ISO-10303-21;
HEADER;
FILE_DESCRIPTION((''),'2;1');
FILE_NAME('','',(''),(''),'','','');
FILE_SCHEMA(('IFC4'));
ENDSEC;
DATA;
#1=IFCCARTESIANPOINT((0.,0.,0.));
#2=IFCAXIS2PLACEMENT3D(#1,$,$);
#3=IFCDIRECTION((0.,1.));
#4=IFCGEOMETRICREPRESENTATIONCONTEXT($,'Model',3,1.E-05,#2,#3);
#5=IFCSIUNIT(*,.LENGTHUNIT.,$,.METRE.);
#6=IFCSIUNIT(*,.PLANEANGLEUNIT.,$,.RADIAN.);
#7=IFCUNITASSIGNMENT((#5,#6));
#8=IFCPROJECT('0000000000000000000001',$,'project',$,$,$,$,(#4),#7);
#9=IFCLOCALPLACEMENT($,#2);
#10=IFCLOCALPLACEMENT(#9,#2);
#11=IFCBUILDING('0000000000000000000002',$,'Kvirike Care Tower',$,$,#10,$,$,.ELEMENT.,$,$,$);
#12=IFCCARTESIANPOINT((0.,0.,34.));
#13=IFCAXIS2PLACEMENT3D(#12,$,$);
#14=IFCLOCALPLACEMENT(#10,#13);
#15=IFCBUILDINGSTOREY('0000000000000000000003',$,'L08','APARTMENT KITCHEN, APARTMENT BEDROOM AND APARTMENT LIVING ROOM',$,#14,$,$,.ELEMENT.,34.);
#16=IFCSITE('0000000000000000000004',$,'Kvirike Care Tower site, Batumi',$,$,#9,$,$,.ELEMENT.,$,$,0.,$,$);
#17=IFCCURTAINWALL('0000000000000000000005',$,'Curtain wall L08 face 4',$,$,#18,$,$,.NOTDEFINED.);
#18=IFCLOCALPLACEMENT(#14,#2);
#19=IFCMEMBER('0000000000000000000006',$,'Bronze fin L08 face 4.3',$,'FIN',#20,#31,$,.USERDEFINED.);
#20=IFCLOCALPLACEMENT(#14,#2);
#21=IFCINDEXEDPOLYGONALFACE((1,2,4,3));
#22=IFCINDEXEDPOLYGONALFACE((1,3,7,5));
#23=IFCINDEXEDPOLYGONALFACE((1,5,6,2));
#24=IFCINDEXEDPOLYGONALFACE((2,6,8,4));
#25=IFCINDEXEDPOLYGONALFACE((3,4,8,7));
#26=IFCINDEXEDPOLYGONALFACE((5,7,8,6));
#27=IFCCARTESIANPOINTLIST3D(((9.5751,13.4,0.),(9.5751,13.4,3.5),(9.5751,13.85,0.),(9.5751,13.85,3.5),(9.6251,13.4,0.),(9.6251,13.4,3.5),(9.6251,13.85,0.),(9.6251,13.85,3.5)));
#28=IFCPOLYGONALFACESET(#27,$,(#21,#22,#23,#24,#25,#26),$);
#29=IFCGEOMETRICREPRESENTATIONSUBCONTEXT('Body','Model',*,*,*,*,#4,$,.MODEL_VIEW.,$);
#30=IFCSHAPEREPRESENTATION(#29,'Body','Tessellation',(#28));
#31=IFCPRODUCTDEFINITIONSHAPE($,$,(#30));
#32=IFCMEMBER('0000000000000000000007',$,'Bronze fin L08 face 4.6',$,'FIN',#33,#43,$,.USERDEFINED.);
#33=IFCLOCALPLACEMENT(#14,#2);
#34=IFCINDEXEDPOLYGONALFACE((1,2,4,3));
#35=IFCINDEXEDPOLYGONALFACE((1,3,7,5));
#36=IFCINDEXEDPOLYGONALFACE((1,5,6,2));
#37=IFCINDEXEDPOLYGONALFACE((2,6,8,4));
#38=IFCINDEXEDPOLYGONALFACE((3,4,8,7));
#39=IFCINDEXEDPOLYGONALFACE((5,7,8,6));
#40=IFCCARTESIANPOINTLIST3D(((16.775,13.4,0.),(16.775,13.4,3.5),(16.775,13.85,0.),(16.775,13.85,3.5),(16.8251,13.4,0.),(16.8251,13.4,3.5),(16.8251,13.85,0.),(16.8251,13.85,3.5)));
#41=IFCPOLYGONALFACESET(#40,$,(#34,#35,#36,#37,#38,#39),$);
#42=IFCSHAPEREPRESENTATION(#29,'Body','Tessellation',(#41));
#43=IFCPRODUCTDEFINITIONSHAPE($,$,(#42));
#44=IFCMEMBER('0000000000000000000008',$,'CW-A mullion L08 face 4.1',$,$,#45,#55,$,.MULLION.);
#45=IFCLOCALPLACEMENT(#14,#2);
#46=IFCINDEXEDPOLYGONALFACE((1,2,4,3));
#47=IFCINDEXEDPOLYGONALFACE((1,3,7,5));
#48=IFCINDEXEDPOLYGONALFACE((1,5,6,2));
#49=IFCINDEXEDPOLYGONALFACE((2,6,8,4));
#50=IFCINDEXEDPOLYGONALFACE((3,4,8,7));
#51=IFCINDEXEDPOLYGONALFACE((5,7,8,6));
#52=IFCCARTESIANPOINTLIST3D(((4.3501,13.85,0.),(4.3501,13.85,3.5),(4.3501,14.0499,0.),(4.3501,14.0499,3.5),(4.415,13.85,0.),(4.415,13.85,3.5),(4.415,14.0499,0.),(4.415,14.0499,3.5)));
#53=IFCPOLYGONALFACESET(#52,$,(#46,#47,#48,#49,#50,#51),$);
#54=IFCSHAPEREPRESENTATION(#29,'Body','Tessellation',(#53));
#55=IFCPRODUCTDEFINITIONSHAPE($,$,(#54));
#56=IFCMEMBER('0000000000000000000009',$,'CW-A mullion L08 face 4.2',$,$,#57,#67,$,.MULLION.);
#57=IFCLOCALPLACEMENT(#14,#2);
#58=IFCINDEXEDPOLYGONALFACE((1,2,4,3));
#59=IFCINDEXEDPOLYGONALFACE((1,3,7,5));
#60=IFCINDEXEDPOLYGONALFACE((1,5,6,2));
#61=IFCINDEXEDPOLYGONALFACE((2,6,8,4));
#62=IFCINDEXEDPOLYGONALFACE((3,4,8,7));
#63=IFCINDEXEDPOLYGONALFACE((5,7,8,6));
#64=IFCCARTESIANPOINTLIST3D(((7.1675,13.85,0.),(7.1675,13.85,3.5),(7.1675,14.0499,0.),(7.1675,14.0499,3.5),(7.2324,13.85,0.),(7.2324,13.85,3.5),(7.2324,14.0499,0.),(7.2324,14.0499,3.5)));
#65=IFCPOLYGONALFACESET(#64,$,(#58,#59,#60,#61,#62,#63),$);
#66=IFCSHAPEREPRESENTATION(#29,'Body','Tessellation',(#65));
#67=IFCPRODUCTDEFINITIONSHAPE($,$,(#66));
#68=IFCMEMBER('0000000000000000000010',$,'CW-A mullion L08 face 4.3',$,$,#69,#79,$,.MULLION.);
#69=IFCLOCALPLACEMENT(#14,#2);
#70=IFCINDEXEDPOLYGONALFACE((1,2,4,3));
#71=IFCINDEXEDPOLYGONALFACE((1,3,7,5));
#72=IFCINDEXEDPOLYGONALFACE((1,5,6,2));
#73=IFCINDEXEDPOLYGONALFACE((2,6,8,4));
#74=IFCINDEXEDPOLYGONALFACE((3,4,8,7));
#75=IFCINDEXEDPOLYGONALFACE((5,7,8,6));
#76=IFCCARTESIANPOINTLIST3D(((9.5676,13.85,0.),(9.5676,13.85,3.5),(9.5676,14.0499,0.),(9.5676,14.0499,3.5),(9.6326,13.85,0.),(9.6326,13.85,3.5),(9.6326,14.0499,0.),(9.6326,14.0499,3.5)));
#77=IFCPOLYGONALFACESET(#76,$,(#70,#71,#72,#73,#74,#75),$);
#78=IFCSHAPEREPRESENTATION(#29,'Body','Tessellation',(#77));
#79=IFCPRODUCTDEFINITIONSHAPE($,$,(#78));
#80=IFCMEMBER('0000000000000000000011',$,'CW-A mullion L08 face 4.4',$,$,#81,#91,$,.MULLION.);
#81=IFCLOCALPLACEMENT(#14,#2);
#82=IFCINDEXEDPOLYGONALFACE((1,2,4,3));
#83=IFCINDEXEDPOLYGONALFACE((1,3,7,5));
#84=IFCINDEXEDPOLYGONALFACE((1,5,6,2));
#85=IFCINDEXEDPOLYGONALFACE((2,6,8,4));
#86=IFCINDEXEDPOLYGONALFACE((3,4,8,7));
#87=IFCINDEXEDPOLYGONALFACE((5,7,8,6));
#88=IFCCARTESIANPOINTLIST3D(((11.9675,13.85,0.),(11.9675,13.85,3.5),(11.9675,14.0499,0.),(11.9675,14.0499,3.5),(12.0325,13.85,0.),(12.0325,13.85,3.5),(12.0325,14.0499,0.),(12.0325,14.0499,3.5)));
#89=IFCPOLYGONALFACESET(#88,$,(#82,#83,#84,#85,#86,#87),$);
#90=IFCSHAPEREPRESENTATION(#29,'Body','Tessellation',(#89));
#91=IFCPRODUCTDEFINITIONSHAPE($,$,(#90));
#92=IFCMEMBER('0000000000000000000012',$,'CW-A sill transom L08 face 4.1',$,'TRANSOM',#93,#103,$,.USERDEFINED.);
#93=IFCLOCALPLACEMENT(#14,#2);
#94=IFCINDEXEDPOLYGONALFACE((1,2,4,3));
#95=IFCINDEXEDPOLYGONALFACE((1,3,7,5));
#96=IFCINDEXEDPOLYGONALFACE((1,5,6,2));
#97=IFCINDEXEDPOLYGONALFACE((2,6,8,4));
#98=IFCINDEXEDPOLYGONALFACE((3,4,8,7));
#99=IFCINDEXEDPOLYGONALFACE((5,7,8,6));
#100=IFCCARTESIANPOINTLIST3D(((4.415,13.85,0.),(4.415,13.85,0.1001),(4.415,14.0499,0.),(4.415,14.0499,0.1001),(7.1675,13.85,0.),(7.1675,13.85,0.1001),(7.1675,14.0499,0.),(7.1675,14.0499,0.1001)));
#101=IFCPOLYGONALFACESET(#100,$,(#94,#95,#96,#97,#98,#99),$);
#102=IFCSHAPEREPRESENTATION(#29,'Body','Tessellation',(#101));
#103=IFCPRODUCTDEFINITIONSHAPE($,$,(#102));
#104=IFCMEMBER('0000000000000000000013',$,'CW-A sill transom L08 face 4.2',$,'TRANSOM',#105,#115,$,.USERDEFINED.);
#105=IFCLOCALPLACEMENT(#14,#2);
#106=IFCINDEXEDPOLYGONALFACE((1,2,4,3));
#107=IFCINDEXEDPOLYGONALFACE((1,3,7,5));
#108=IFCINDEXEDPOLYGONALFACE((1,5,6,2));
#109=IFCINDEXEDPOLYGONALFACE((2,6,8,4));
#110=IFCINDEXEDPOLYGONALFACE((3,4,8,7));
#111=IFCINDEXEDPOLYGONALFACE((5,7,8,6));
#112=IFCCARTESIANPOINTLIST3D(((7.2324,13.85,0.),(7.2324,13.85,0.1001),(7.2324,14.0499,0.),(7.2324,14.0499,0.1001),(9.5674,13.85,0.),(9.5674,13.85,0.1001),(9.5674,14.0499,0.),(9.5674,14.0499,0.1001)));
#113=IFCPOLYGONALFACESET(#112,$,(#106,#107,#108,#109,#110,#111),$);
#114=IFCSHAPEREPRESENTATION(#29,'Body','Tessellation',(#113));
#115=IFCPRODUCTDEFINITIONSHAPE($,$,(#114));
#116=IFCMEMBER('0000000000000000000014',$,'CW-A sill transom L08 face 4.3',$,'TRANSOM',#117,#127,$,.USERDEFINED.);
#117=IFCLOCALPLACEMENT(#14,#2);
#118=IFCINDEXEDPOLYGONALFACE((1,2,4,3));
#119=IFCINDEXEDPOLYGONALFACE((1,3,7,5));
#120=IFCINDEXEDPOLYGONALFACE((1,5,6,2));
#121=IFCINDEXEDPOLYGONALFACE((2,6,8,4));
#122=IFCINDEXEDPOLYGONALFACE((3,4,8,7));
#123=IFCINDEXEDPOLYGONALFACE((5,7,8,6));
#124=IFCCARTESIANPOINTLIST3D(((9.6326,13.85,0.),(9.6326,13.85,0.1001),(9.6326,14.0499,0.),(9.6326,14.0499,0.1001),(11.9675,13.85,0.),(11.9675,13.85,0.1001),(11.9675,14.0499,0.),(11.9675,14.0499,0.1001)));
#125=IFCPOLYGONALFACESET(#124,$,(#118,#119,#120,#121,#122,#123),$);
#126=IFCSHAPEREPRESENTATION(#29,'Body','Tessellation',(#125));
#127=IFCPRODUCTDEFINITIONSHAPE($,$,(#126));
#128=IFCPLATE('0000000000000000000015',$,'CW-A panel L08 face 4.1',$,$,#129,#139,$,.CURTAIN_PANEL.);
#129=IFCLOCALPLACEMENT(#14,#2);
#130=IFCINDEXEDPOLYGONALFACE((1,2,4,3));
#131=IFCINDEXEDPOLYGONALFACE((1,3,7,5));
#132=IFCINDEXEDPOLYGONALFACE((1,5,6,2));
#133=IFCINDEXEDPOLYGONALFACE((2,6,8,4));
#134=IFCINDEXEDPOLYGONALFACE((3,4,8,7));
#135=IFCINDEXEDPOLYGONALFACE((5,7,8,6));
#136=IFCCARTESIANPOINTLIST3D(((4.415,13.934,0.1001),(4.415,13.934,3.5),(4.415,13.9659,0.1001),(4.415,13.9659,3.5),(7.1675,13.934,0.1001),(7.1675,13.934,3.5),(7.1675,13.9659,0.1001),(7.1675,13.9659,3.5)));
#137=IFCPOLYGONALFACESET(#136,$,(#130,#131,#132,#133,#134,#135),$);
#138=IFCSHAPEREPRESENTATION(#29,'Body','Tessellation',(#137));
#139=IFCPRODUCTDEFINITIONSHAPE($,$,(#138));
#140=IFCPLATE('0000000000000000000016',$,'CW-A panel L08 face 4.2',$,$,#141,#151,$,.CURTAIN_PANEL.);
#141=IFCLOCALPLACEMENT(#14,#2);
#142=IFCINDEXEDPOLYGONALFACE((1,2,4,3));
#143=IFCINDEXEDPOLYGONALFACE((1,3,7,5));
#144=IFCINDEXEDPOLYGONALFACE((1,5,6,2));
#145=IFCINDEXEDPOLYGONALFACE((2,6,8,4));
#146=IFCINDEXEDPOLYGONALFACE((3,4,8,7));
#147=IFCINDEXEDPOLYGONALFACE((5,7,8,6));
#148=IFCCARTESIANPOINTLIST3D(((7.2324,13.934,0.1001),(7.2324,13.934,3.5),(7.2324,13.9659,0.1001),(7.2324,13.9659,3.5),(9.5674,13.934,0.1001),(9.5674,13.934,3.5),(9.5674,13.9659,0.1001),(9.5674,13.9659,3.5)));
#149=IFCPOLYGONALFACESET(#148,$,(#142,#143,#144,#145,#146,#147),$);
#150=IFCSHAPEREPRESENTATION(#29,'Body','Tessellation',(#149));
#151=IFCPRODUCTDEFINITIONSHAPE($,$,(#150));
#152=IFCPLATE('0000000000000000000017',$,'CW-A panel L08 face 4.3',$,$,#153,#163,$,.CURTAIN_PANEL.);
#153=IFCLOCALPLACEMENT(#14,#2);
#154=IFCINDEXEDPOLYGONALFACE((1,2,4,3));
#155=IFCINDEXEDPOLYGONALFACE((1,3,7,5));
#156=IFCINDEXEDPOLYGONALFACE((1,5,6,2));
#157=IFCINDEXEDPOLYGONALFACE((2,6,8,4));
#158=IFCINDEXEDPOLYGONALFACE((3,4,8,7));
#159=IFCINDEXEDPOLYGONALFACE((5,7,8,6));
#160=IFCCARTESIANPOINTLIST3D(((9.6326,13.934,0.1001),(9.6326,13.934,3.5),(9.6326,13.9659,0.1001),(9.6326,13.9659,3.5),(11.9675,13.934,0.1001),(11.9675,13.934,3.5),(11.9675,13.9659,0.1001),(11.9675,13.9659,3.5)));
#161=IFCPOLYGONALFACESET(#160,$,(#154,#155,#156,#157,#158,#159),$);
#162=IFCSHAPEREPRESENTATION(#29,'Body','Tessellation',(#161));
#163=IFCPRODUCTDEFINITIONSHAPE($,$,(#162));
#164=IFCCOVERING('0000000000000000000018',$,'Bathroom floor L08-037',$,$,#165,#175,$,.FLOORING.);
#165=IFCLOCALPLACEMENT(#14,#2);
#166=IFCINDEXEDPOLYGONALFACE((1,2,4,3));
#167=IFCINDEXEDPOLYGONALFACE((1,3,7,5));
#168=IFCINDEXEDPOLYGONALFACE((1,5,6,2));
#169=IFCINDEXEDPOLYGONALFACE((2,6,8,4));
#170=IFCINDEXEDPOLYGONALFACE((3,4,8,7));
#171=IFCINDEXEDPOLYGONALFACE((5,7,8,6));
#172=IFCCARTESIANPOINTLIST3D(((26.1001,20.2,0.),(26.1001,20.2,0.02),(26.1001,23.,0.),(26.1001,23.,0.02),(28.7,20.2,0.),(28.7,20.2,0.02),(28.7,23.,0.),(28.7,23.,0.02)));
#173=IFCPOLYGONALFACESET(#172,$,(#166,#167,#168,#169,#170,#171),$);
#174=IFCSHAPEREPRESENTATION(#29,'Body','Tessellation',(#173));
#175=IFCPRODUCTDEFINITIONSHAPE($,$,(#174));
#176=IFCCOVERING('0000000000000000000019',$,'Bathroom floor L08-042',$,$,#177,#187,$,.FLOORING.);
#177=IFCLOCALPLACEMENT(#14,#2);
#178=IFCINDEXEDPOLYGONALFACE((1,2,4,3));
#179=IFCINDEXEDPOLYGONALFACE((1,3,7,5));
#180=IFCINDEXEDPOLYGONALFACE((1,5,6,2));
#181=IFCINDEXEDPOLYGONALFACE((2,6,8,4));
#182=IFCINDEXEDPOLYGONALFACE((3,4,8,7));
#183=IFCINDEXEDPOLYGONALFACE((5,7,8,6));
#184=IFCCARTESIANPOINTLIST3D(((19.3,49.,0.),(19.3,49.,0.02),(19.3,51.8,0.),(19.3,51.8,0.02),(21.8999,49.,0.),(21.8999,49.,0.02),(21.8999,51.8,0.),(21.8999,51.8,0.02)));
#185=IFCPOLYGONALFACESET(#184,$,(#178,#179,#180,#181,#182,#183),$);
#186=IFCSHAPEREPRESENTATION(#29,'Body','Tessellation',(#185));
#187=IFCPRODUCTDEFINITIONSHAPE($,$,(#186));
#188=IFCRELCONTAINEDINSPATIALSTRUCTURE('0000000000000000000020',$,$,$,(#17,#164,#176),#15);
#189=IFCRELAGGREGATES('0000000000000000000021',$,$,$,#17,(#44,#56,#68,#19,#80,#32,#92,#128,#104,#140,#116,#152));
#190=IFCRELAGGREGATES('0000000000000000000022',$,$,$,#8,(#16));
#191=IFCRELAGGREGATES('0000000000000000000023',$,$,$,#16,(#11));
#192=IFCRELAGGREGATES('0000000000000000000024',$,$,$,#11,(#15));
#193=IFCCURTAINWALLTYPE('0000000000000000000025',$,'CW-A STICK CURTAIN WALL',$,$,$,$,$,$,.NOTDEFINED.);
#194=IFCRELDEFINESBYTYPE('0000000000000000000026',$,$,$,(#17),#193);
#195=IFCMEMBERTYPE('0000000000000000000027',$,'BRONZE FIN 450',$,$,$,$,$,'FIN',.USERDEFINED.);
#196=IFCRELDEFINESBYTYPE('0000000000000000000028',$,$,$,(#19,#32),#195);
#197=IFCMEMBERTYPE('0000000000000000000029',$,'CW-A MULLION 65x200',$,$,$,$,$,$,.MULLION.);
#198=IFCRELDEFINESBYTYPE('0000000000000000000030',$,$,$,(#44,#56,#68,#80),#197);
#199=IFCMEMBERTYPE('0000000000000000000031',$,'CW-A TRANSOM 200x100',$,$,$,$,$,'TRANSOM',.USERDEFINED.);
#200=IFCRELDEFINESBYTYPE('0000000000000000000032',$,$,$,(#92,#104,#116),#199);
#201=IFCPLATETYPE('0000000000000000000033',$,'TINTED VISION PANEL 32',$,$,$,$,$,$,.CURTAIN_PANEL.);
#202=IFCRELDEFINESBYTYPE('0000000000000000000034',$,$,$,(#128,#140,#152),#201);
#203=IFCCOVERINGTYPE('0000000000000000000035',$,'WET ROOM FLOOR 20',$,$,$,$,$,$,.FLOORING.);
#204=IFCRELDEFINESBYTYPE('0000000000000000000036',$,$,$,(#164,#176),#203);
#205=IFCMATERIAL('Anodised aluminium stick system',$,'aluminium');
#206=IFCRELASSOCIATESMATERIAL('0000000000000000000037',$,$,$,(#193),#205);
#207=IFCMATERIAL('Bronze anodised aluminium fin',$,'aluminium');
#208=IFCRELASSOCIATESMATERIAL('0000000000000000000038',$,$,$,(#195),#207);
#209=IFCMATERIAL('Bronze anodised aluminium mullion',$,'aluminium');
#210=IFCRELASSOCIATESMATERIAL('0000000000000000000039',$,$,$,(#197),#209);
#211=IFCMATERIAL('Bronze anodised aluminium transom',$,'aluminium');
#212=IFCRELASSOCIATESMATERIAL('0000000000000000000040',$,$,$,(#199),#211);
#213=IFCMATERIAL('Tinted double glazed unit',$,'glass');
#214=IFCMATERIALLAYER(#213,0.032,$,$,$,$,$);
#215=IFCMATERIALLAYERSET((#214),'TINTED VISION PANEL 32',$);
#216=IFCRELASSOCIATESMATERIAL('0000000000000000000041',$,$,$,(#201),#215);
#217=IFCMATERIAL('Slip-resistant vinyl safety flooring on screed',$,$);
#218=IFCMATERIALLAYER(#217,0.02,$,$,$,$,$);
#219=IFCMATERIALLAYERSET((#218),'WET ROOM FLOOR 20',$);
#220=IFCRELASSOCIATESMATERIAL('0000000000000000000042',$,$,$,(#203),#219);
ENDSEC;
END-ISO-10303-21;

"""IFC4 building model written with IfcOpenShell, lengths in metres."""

from ifc_helpers import new_model, si_unit, direction, frame, origin, origin_2d, place, context, subcontext, project, spatial, polyline, rectangle, outline, extrude, material, layer, layer_set, material_profile, profile_set, type_object, element, aggregate, save


model = new_model("IFC4")

# Units and contexts
model_context = context("Model", 3, precision=1e-05, world=origin(), true_north=direction((0.0, 1.0)))
body_context = subcontext(model_context, "Body", "Model", "MODEL_VIEW")
ifc_project = project(units=[si_unit("LENGTHUNIT", "METRE"), si_unit("PLANEANGLEUNIT", "RADIAN")], contexts=[model_context])

# Site, building, storey
site_placement = place(None, origin())
site = spatial("IfcSite", under=ifc_project, at=site_placement, Name="Kvirike Care Tower site, Batumi", CompositionType="ELEMENT", RefElevation=0.0)
building_placement = place(site_placement, origin())
building = spatial("IfcBuilding", under=site, at=building_placement, Name="Kvirike Care Tower", CompositionType="ELEMENT")
storey_placement = place(building_placement, frame((0.0, 0.0, 34.0)))
storey = spatial("IfcBuildingStorey", under=building, at=storey_placement, Name="L08", Description="APARTMENT KITCHEN, APARTMENT BEDROOM AND APARTMENT LIVING ROOM", CompositionType="ELEMENT", Elevation=34.0)

# Curtain wall, members, plates
ifc_material_1 = material(Name="Anodised aluminium stick system", Category="aluminium")
curtain_wall_type = type_object("IfcCurtainWallType", Name="CW-A STICK CURTAIN WALL", PredefinedType="NOTDEFINED", material=ifc_material_1)
curtain_wall_placement = place(storey_placement, origin())
curtain_wall = element("IfcCurtainWall", 1, at=curtain_wall_placement, inside=storey, type_object=curtain_wall_type, Name="Curtain wall L08 face 4", PredefinedType="NOTDEFINED")
ifc_material_2 = material(Name="Bronze anodised aluminium fin", Category="aluminium")
ifc_material_profile_1 = material_profile(ifc_material_2, rectangle(XDim=0.05, YDim=0.45, at=origin_2d()), Name="BRONZE FIN 450")
ifc_profile_set_1 = profile_set([ifc_material_profile_1], Name="Bronze anodised aluminium fin")
member_type_1 = type_object("IfcMemberType", Name="BRONZE FIN 450", ElementType="FIN", PredefinedType="USERDEFINED", material=ifc_profile_set_1)
member_1_placement = place(storey_placement, frame((9.6001, 13.625, 0.0), z_axis=(0.0, 0.0, 1.0), x_axis=(1.0, 0.0, 0.0)))
member_1 = element("IfcMember", 2, at=member_1_placement, type_object=member_type_1, Name="Bronze fin L08 face 4.3", ObjectType="FIN", PredefinedType="USERDEFINED", context=body_context, shape_type="SweptSolid", body=[
    extrude(rectangle(XDim=0.05, YDim=0.45, at=origin_2d()), origin(), (0.0, 0.0, 1.0), 3.5),
])
member_2_placement = place(storey_placement, frame((16.8, 13.625, 0.0), z_axis=(0.0, 0.0, 1.0), x_axis=(1.0, 0.0, 0.0)))
member_2 = element("IfcMember", 3, at=member_2_placement, type_object=member_type_1, Name="Bronze fin L08 face 4.6", ObjectType="FIN", PredefinedType="USERDEFINED", context=body_context, shape_type="SweptSolid", body=[
    extrude(rectangle(XDim=0.05, YDim=0.45, at=origin_2d()), origin(), (0.0, 0.0, 1.0), 3.5),
])
ifc_material_3 = material(Name="Bronze anodised aluminium mullion", Category="aluminium")
ifc_material_profile_2 = material_profile(ifc_material_3, rectangle(XDim=0.0649, YDim=0.2, at=origin_2d()), Name="CW-A MULLION 65x200")
ifc_profile_set_2 = profile_set([ifc_material_profile_2], Name="Bronze anodised aluminium mullion")
member_type_2 = type_object("IfcMemberType", Name="CW-A MULLION 65x200", PredefinedType="MULLION", material=ifc_profile_set_2)
member_3_placement = place(storey_placement, frame((4.3826, 13.95, 0.0), z_axis=(0.0, 0.0, 1.0), x_axis=(1.0, 0.0, 0.0)))
member_3 = element("IfcMember", 4, at=member_3_placement, type_object=member_type_2, Name="CW-A mullion L08 face 4.1", PredefinedType="MULLION", context=body_context, shape_type="SweptSolid", body=[
    extrude(rectangle(XDim=0.0649, YDim=0.2, at=origin_2d()), origin(), (0.0, 0.0, 1.0), 3.5),
])
member_4_placement = place(storey_placement, frame((7.2, 13.95, 0.0), z_axis=(0.0, 0.0, 1.0), x_axis=(1.0, 0.0, 0.0)))
member_4 = element("IfcMember", 5, at=member_4_placement, type_object=member_type_2, Name="CW-A mullion L08 face 4.2", PredefinedType="MULLION", context=body_context, shape_type="SweptSolid", body=[
    extrude(rectangle(XDim=0.0649, YDim=0.2, at=origin_2d()), origin(), (0.0, 0.0, 1.0), 3.5),
])
member_5_placement = place(storey_placement, frame((9.6001, 13.95, 0.0), z_axis=(0.0, 0.0, 1.0), x_axis=(1.0, 0.0, 0.0)))
member_5 = element("IfcMember", 6, at=member_5_placement, type_object=member_type_2, Name="CW-A mullion L08 face 4.3", PredefinedType="MULLION", context=body_context, shape_type="SweptSolid", body=[
    extrude(rectangle(XDim=0.0649, YDim=0.2, at=origin_2d()), origin(), (0.0, 0.0, 1.0), 3.5),
])
member_6_placement = place(storey_placement, frame((12.0, 13.95, 0.0), z_axis=(0.0, 0.0, 1.0), x_axis=(1.0, 0.0, 0.0)))
member_6 = element("IfcMember", 7, at=member_6_placement, type_object=member_type_2, Name="CW-A mullion L08 face 4.4", PredefinedType="MULLION", context=body_context, shape_type="SweptSolid", body=[
    extrude(rectangle(XDim=0.0649, YDim=0.2, at=origin_2d()), origin(), (0.0, 0.0, 1.0), 3.5),
])
ifc_material_4 = material(Name="Bronze anodised aluminium transom", Category="aluminium")
ifc_material_profile_3 = material_profile(ifc_material_4, rectangle(XDim=0.2, YDim=0.1001, at=origin_2d()), Name="CW-A TRANSOM 200x100")
ifc_profile_set_3 = profile_set([ifc_material_profile_3], Name="Bronze anodised aluminium transom")
member_type_3 = type_object("IfcMemberType", Name="CW-A TRANSOM 200x100", ElementType="TRANSOM", PredefinedType="USERDEFINED", material=ifc_profile_set_3)
member_7_placement = place(storey_placement, frame((4.415, 13.95, 0.05), z_axis=(1.0, 0.0, 0.0), x_axis=(0.0, 1.0, 0.0)))
member_7 = element("IfcMember", 8, at=member_7_placement, type_object=member_type_3, Name="CW-A sill transom L08 face 4.1", ObjectType="TRANSOM", PredefinedType="USERDEFINED", context=body_context, shape_type="SweptSolid", body=[
    extrude(rectangle(XDim=0.2, YDim=0.1001, at=origin_2d()), origin(), (0.0, 0.0, 1.0), 2.7524),
])
member_8_placement = place(storey_placement, frame((7.2324, 13.95, 0.05), z_axis=(1.0, 0.0, 0.0), x_axis=(0.0, 1.0, 0.0)))
member_8 = element("IfcMember", 9, at=member_8_placement, type_object=member_type_3, Name="CW-A sill transom L08 face 4.2", ObjectType="TRANSOM", PredefinedType="USERDEFINED", context=body_context, shape_type="SweptSolid", body=[
    extrude(rectangle(XDim=0.2, YDim=0.1001, at=origin_2d()), origin(), (0.0, 0.0, 1.0), 2.335),
])
member_9_placement = place(storey_placement, frame((9.6326, 13.95, 0.05), z_axis=(1.0, 0.0, 0.0), x_axis=(0.0, 1.0, 0.0)))
member_9 = element("IfcMember", 10, at=member_9_placement, type_object=member_type_3, Name="CW-A sill transom L08 face 4.3", ObjectType="TRANSOM", PredefinedType="USERDEFINED", context=body_context, shape_type="SweptSolid", body=[
    extrude(rectangle(XDim=0.2, YDim=0.1001, at=origin_2d()), origin(), (0.0, 0.0, 1.0), 2.335),
])
ifc_material_5 = material(Name="Tinted double glazed unit", Category="glass")
ifc_layer_1 = layer(ifc_material_5, 0.032)
ifc_layer_set_1 = layer_set([ifc_layer_1], Name="TINTED VISION PANEL 32")
plate_type = type_object("IfcPlateType", Name="TINTED VISION PANEL 32", PredefinedType="CURTAIN_PANEL", material=ifc_layer_set_1)
plate_1_placement = place(storey_placement, frame((5.7913, 13.95, 0.1001), z_axis=(0.0, 0.0, 1.0), x_axis=(1.0, 0.0, 0.0)))
plate_1 = element("IfcPlate", 11, at=plate_1_placement, type_object=plate_type, Name="CW-A panel L08 face 4.1", PredefinedType="CURTAIN_PANEL", context=body_context, shape_type="SweptSolid", body=[
    extrude(rectangle(XDim=2.7524, YDim=0.032, at=origin_2d()), origin(), (0.0, 0.0, 1.0), 3.3999),
])
plate_2_placement = place(storey_placement, frame((8.3999, 13.95, 0.1001), z_axis=(0.0, 0.0, 1.0), x_axis=(1.0, 0.0, 0.0)))
plate_2 = element("IfcPlate", 12, at=plate_2_placement, type_object=plate_type, Name="CW-A panel L08 face 4.2", PredefinedType="CURTAIN_PANEL", context=body_context, shape_type="SweptSolid", body=[
    extrude(rectangle(XDim=2.335, YDim=0.032, at=origin_2d()), origin(), (0.0, 0.0, 1.0), 3.3999),
])
plate_3_placement = place(storey_placement, frame((10.8, 13.95, 0.1001), z_axis=(0.0, 0.0, 1.0), x_axis=(1.0, 0.0, 0.0)))
plate_3 = element("IfcPlate", 13, at=plate_3_placement, type_object=plate_type, Name="CW-A panel L08 face 4.3", PredefinedType="CURTAIN_PANEL", context=body_context, shape_type="SweptSolid", body=[
    extrude(rectangle(XDim=2.335, YDim=0.032, at=origin_2d()), origin(), (0.0, 0.0, 1.0), 3.3999),
])
aggregate(curtain_wall, [member_3, member_4, member_5, member_1, member_6, member_2, member_7, plate_1, member_8, plate_2, member_9, plate_3])

# Coverings
ifc_material_6 = material(Name="Slip-resistant vinyl safety flooring on screed")
ifc_layer_2 = layer(ifc_material_6, 0.02)
ifc_layer_set_2 = layer_set([ifc_layer_2], Name="WET ROOM FLOOR 20")
covering_type = type_object("IfcCoveringType", Name="WET ROOM FLOOR 20", PredefinedType="FLOORING", material=ifc_layer_set_2)
covering_1_placement = place(storey_placement, origin())
element("IfcCovering", 14, at=covering_1_placement, inside=storey, type_object=covering_type, Name="Bathroom floor L08-037", PredefinedType="FLOORING", context=body_context, shape_type="SweptSolid", body=[
    extrude(outline(polyline([(26.1001, 20.2), (26.1001, 23.0), (28.7, 23.0), (28.7, 20.2), (26.1001, 20.2)])), origin(), (0.0, 0.0, 1.0), 0.02),
])
covering_2_placement = place(storey_placement, origin())
element("IfcCovering", 15, at=covering_2_placement, inside=storey, type_object=covering_type, Name="Bathroom floor L08-042", PredefinedType="FLOORING", context=body_context, shape_type="SweptSolid", body=[
    extrude(outline(polyline([(21.8999, 51.8), (21.8999, 49.0), (19.3, 49.0), (19.3, 51.8), (21.8999, 51.8)])), origin(), (0.0, 0.0, 1.0), 0.02),
])

save(model, "model.ifc")
